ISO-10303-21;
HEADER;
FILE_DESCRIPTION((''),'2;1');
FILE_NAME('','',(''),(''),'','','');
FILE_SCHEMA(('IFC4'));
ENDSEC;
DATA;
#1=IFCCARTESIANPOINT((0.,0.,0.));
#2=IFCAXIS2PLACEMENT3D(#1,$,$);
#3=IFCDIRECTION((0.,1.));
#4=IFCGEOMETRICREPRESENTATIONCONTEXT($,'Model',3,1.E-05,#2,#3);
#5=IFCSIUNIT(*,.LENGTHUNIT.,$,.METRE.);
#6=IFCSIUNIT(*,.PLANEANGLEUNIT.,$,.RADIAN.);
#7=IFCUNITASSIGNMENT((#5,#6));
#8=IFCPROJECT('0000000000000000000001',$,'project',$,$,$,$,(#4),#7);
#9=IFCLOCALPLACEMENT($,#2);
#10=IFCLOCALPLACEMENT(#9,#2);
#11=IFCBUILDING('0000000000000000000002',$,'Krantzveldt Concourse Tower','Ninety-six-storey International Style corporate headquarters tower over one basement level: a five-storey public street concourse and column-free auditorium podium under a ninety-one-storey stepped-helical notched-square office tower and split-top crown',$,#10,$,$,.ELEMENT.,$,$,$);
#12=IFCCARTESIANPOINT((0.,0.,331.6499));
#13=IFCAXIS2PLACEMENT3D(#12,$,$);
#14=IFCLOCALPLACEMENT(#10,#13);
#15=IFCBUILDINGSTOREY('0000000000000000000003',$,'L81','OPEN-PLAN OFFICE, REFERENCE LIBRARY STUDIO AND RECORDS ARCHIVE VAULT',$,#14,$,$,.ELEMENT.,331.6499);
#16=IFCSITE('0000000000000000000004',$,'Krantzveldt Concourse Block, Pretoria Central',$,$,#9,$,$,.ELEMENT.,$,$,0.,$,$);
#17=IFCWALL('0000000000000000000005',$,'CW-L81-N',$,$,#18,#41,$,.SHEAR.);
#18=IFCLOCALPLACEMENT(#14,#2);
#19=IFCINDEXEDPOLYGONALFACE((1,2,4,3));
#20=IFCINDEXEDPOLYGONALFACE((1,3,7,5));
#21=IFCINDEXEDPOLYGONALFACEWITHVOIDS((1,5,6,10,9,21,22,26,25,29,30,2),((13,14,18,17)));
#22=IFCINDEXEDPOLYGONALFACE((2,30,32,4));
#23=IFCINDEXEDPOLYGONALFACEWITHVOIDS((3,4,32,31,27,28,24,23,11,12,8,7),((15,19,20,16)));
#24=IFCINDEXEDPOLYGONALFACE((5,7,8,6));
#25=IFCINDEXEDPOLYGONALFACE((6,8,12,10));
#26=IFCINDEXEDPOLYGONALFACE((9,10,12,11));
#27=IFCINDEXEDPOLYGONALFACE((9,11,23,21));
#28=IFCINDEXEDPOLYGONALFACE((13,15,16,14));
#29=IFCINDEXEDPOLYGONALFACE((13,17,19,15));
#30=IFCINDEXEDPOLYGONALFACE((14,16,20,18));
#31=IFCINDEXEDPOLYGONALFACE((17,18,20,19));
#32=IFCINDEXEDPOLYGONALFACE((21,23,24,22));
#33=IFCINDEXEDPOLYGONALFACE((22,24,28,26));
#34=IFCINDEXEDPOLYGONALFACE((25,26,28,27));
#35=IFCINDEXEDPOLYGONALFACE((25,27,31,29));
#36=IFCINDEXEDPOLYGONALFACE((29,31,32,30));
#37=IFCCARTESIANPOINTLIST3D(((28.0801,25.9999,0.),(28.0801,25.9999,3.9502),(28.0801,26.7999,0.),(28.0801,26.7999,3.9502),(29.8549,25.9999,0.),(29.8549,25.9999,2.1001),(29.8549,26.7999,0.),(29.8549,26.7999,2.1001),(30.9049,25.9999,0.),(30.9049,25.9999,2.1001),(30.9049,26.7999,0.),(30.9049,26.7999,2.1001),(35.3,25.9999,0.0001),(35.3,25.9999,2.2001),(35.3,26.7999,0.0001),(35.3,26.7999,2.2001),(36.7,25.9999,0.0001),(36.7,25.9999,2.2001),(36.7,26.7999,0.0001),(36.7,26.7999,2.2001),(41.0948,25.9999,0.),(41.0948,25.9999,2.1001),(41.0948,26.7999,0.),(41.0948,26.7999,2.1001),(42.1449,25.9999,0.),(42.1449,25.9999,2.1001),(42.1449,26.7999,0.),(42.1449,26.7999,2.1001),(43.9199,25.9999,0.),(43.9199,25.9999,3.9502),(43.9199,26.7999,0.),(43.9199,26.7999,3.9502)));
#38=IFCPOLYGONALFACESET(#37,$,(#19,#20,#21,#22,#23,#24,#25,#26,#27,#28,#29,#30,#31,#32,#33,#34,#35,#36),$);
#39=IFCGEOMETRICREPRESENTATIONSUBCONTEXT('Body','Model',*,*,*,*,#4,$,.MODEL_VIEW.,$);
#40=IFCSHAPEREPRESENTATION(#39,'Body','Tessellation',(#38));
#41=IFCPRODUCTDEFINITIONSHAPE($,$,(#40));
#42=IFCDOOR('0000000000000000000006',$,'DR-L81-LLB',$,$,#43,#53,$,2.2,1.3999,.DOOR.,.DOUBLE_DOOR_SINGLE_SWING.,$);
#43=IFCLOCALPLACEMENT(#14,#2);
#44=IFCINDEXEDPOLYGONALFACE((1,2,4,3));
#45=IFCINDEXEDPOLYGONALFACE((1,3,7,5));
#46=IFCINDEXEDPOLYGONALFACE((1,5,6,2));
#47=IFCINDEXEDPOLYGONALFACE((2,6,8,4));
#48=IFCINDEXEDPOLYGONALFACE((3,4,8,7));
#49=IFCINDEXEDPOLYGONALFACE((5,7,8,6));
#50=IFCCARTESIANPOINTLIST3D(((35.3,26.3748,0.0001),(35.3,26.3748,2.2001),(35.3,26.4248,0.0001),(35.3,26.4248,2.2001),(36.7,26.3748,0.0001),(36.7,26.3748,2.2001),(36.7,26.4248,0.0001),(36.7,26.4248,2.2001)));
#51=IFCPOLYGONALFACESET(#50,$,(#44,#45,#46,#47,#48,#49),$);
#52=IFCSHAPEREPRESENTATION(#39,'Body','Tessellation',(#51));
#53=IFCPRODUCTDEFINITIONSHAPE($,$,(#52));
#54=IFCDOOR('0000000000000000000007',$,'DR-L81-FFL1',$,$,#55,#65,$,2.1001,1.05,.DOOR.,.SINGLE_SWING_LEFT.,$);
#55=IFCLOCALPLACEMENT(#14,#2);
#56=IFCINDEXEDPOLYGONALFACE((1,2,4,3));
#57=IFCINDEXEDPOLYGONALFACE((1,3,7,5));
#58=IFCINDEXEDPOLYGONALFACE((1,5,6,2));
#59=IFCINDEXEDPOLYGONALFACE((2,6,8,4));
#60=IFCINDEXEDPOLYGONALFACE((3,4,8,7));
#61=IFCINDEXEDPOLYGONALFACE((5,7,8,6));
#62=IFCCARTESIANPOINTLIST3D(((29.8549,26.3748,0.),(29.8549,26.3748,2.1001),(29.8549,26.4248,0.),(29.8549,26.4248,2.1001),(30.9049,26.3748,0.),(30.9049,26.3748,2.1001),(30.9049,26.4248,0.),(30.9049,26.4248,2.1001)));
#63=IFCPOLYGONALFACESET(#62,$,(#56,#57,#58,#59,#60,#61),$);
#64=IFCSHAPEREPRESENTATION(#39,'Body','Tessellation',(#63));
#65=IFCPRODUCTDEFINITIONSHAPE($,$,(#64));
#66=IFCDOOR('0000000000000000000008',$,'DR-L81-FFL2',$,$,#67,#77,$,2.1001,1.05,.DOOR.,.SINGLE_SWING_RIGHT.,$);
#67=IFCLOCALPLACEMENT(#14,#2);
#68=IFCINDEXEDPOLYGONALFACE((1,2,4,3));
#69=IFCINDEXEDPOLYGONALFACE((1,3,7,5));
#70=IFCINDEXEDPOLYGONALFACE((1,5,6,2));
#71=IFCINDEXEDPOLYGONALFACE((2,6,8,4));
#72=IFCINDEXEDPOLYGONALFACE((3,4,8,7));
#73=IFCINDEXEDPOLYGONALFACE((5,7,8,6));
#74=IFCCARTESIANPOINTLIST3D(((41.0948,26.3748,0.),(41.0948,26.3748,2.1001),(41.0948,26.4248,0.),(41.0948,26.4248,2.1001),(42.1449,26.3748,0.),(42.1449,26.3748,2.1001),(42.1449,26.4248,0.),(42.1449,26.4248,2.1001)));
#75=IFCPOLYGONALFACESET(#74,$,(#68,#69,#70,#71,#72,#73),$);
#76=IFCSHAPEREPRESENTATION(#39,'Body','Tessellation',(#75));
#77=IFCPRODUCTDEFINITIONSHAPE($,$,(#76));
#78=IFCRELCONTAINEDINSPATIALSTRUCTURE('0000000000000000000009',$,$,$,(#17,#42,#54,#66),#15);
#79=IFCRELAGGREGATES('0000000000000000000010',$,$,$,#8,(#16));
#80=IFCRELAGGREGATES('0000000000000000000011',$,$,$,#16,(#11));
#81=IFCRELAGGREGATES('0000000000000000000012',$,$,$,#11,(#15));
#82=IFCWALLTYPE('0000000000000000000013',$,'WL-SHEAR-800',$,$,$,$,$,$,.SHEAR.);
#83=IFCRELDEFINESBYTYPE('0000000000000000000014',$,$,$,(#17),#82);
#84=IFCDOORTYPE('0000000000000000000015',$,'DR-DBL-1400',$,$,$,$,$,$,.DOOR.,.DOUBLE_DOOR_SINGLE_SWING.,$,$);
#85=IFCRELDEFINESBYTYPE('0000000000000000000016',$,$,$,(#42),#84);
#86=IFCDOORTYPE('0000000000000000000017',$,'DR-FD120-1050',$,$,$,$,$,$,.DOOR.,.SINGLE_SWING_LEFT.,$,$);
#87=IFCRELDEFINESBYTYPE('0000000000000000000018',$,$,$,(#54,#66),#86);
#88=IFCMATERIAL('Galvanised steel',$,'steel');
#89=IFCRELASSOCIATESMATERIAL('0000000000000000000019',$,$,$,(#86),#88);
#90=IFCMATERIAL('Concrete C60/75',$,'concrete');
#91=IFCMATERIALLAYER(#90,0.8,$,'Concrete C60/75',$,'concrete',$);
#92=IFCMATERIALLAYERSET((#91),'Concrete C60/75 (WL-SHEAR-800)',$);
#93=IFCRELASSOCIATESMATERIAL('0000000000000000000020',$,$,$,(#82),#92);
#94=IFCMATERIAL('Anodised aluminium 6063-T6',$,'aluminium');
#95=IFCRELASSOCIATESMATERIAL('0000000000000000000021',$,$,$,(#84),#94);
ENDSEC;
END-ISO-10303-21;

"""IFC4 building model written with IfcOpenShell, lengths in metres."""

from ifc_helpers import new_model, si_unit, direction, frame, frame_2d, origin, place, context, subcontext, project, spatial, rectangle, extrude, material, layer, layer_set, type_object, element, fill, save


model = new_model("IFC4")

# Units and contexts
model_context = context("Model", 3, precision=1e-05, world=origin(), true_north=direction((0.0, 1.0)))
body_context = subcontext(model_context, "Body", "Model", "MODEL_VIEW")
ifc_project = project(units=[si_unit("LENGTHUNIT", "METRE"), si_unit("PLANEANGLEUNIT", "RADIAN")], contexts=[model_context])

# Site, building, storey
site_placement = place(None, origin())
site = spatial("IfcSite", under=ifc_project, at=site_placement, Name="Krantzveldt Concourse Block, Pretoria Central", CompositionType="ELEMENT", RefElevation=0.0)
building_placement = place(site_placement, origin())
building = spatial("IfcBuilding", under=site, at=building_placement, Name="Krantzveldt Concourse Tower", Description="Ninety-six-storey International Style corporate headquarters tower over one basement level: a five-storey public street concourse and column-free auditorium podium under a ninety-one-storey stepped-helical notched-square office tower and split-top crown", CompositionType="ELEMENT")
storey_placement = place(building_placement, frame((0.0, 0.0, 331.6499)))
storey = spatial("IfcBuildingStorey", under=building, at=storey_placement, Name="L81", Description="OPEN-PLAN OFFICE, REFERENCE LIBRARY STUDIO AND RECORDS ARCHIVE VAULT", CompositionType="ELEMENT", Elevation=331.6499)

# Shared definitions
ifc_material_1 = material(Name="Anodised aluminium 6063-T6", Category="aluminium")

# Shared definitions
ifc_material_2 = material(Name="Galvanised steel", Category="steel")
door_type_1 = type_object("IfcDoorType", Name="DR-FD120-1050", OperationType="SINGLE_SWING_LEFT", PredefinedType="DOOR", material=ifc_material_2)

# Wall, openings, doors
ifc_material_3 = material(Name="Concrete C60/75", Category="concrete")
ifc_layer_1 = layer(ifc_material_3, 0.8, Name="Concrete C60/75", Category="concrete")
ifc_layer_set_1 = layer_set([ifc_layer_1], Name="Concrete C60/75 (WL-SHEAR-800)")
wall_type_1 = type_object("IfcWallType", Name="WL-SHEAR-800", PredefinedType="SHEAR", material=ifc_layer_set_1)
wall_1_placement = place(storey_placement, frame((28.0801, 26.3999, 0.0), z_axis=(0.0, 0.0, 1.0), x_axis=(1.0, 0.0, 0.0)))
wall_1 = element("IfcWall", 1, at=wall_1_placement, inside=storey, type_object=wall_type_1, Name="CW-L81-N", PredefinedType="SHEAR", context=body_context, shape_type="SweptSolid", body=[
    extrude(rectangle(XDim=15.8398, YDim=0.8, at=frame_2d((7.9199, 0.0))), origin(), (0.0, 0.0, 1.0), 3.9502),
])
opening_1_placement = place(wall_1_placement, frame((7.22, 0.0, 0.0)))
opening_1 = element("IfcOpeningElement", 2, at=opening_1_placement, cuts=wall_1, PredefinedType="OPENING", context=body_context, shape_type="SweptSolid", body=[
    extrude(rectangle(XDim=1.3999, YDim=2.2, at=frame_2d((0.7, 1.1001))), frame((0.0, 0.4102, 0.0), z_axis=(0.0, -1.0, 0.0), x_axis=(1.0, 0.0, 0.0)), (0.0, 0.0, 1.0), 0.8201),
])
opening_2_placement = place(wall_1_placement, frame((1.7749, 0.0, 0.0)))
opening_2 = element("IfcOpeningElement", 3, at=opening_2_placement, cuts=wall_1, PredefinedType="OPENING", context=body_context, shape_type="SweptSolid", body=[
    extrude(rectangle(XDim=1.05, YDim=2.1001, at=frame_2d((0.5249, 1.05))), frame((0.0, 0.4102, 0.0), z_axis=(0.0, -1.0, 0.0), x_axis=(1.0, 0.0, 0.0)), (0.0, 0.0, 1.0), 0.8201),
])
opening_3_placement = place(wall_1_placement, frame((13.0149, 0.0, 0.0)))
opening_3 = element("IfcOpeningElement", 4, at=opening_3_placement, cuts=wall_1, PredefinedType="OPENING", context=body_context, shape_type="SweptSolid", body=[
    extrude(rectangle(XDim=1.05, YDim=2.1001, at=frame_2d((0.5249, 1.05))), frame((0.0, 0.4102, 0.0), z_axis=(0.0, -1.0, 0.0), x_axis=(1.0, 0.0, 0.0)), (0.0, 0.0, 1.0), 0.8201),
])
door_type_2 = type_object("IfcDoorType", Name="DR-DBL-1400", OperationType="DOUBLE_DOOR_SINGLE_SWING", PredefinedType="DOOR", material=ifc_material_1)
door_1_placement = place(opening_1_placement, origin())
door_1 = element("IfcDoor", 5, at=door_1_placement, inside=storey, type_object=door_type_2, Name="DR-L81-LLB", OperationType="DOUBLE_DOOR_SINGLE_SWING", OverallHeight=2.2, OverallWidth=1.3999, PredefinedType="DOOR", context=body_context, shape_type="SweptSolid", body=[
    extrude(rectangle(XDim=1.3999, YDim=2.2, at=frame_2d((0.7, 1.1001))), frame((0.0, 0.0249, 0.0), z_axis=(0.0, -1.0, 0.0), x_axis=(1.0, 0.0, 0.0)), (0.0, 0.0, 1.0), 0.05),
])
fill(opening_1, door_1)
door_2_placement = place(opening_2_placement, origin())
door_2 = element("IfcDoor", 6, at=door_2_placement, inside=storey, type_object=door_type_1, Name="DR-L81-FFL1", OperationType="SINGLE_SWING_LEFT", OverallHeight=2.1001, OverallWidth=1.05, PredefinedType="DOOR", context=body_context, shape_type="SweptSolid", body=[
    extrude(rectangle(XDim=1.05, YDim=2.1001, at=frame_2d((0.5249, 1.05))), frame((0.0, 0.0249, 0.0), z_axis=(0.0, -1.0, 0.0), x_axis=(1.0, 0.0, 0.0)), (0.0, 0.0, 1.0), 0.05),
])
fill(opening_2, door_2)
door_3_placement = place(opening_3_placement, origin())
door_3 = element("IfcDoor", 7, at=door_3_placement, inside=storey, type_object=door_type_1, Name="DR-L81-FFL2", OperationType="SINGLE_SWING_RIGHT", OverallHeight=2.1001, OverallWidth=1.05, PredefinedType="DOOR", context=body_context, shape_type="SweptSolid", body=[
    extrude(rectangle(XDim=1.05, YDim=2.1001, at=frame_2d((0.5249, 1.05))), frame((0.0, 0.0249, 0.0), z_axis=(0.0, -1.0, 0.0), x_axis=(1.0, 0.0, 0.0)), (0.0, 0.0, 1.0), 0.05),
])
fill(opening_3, door_3)

save(model, "model.ifc")
